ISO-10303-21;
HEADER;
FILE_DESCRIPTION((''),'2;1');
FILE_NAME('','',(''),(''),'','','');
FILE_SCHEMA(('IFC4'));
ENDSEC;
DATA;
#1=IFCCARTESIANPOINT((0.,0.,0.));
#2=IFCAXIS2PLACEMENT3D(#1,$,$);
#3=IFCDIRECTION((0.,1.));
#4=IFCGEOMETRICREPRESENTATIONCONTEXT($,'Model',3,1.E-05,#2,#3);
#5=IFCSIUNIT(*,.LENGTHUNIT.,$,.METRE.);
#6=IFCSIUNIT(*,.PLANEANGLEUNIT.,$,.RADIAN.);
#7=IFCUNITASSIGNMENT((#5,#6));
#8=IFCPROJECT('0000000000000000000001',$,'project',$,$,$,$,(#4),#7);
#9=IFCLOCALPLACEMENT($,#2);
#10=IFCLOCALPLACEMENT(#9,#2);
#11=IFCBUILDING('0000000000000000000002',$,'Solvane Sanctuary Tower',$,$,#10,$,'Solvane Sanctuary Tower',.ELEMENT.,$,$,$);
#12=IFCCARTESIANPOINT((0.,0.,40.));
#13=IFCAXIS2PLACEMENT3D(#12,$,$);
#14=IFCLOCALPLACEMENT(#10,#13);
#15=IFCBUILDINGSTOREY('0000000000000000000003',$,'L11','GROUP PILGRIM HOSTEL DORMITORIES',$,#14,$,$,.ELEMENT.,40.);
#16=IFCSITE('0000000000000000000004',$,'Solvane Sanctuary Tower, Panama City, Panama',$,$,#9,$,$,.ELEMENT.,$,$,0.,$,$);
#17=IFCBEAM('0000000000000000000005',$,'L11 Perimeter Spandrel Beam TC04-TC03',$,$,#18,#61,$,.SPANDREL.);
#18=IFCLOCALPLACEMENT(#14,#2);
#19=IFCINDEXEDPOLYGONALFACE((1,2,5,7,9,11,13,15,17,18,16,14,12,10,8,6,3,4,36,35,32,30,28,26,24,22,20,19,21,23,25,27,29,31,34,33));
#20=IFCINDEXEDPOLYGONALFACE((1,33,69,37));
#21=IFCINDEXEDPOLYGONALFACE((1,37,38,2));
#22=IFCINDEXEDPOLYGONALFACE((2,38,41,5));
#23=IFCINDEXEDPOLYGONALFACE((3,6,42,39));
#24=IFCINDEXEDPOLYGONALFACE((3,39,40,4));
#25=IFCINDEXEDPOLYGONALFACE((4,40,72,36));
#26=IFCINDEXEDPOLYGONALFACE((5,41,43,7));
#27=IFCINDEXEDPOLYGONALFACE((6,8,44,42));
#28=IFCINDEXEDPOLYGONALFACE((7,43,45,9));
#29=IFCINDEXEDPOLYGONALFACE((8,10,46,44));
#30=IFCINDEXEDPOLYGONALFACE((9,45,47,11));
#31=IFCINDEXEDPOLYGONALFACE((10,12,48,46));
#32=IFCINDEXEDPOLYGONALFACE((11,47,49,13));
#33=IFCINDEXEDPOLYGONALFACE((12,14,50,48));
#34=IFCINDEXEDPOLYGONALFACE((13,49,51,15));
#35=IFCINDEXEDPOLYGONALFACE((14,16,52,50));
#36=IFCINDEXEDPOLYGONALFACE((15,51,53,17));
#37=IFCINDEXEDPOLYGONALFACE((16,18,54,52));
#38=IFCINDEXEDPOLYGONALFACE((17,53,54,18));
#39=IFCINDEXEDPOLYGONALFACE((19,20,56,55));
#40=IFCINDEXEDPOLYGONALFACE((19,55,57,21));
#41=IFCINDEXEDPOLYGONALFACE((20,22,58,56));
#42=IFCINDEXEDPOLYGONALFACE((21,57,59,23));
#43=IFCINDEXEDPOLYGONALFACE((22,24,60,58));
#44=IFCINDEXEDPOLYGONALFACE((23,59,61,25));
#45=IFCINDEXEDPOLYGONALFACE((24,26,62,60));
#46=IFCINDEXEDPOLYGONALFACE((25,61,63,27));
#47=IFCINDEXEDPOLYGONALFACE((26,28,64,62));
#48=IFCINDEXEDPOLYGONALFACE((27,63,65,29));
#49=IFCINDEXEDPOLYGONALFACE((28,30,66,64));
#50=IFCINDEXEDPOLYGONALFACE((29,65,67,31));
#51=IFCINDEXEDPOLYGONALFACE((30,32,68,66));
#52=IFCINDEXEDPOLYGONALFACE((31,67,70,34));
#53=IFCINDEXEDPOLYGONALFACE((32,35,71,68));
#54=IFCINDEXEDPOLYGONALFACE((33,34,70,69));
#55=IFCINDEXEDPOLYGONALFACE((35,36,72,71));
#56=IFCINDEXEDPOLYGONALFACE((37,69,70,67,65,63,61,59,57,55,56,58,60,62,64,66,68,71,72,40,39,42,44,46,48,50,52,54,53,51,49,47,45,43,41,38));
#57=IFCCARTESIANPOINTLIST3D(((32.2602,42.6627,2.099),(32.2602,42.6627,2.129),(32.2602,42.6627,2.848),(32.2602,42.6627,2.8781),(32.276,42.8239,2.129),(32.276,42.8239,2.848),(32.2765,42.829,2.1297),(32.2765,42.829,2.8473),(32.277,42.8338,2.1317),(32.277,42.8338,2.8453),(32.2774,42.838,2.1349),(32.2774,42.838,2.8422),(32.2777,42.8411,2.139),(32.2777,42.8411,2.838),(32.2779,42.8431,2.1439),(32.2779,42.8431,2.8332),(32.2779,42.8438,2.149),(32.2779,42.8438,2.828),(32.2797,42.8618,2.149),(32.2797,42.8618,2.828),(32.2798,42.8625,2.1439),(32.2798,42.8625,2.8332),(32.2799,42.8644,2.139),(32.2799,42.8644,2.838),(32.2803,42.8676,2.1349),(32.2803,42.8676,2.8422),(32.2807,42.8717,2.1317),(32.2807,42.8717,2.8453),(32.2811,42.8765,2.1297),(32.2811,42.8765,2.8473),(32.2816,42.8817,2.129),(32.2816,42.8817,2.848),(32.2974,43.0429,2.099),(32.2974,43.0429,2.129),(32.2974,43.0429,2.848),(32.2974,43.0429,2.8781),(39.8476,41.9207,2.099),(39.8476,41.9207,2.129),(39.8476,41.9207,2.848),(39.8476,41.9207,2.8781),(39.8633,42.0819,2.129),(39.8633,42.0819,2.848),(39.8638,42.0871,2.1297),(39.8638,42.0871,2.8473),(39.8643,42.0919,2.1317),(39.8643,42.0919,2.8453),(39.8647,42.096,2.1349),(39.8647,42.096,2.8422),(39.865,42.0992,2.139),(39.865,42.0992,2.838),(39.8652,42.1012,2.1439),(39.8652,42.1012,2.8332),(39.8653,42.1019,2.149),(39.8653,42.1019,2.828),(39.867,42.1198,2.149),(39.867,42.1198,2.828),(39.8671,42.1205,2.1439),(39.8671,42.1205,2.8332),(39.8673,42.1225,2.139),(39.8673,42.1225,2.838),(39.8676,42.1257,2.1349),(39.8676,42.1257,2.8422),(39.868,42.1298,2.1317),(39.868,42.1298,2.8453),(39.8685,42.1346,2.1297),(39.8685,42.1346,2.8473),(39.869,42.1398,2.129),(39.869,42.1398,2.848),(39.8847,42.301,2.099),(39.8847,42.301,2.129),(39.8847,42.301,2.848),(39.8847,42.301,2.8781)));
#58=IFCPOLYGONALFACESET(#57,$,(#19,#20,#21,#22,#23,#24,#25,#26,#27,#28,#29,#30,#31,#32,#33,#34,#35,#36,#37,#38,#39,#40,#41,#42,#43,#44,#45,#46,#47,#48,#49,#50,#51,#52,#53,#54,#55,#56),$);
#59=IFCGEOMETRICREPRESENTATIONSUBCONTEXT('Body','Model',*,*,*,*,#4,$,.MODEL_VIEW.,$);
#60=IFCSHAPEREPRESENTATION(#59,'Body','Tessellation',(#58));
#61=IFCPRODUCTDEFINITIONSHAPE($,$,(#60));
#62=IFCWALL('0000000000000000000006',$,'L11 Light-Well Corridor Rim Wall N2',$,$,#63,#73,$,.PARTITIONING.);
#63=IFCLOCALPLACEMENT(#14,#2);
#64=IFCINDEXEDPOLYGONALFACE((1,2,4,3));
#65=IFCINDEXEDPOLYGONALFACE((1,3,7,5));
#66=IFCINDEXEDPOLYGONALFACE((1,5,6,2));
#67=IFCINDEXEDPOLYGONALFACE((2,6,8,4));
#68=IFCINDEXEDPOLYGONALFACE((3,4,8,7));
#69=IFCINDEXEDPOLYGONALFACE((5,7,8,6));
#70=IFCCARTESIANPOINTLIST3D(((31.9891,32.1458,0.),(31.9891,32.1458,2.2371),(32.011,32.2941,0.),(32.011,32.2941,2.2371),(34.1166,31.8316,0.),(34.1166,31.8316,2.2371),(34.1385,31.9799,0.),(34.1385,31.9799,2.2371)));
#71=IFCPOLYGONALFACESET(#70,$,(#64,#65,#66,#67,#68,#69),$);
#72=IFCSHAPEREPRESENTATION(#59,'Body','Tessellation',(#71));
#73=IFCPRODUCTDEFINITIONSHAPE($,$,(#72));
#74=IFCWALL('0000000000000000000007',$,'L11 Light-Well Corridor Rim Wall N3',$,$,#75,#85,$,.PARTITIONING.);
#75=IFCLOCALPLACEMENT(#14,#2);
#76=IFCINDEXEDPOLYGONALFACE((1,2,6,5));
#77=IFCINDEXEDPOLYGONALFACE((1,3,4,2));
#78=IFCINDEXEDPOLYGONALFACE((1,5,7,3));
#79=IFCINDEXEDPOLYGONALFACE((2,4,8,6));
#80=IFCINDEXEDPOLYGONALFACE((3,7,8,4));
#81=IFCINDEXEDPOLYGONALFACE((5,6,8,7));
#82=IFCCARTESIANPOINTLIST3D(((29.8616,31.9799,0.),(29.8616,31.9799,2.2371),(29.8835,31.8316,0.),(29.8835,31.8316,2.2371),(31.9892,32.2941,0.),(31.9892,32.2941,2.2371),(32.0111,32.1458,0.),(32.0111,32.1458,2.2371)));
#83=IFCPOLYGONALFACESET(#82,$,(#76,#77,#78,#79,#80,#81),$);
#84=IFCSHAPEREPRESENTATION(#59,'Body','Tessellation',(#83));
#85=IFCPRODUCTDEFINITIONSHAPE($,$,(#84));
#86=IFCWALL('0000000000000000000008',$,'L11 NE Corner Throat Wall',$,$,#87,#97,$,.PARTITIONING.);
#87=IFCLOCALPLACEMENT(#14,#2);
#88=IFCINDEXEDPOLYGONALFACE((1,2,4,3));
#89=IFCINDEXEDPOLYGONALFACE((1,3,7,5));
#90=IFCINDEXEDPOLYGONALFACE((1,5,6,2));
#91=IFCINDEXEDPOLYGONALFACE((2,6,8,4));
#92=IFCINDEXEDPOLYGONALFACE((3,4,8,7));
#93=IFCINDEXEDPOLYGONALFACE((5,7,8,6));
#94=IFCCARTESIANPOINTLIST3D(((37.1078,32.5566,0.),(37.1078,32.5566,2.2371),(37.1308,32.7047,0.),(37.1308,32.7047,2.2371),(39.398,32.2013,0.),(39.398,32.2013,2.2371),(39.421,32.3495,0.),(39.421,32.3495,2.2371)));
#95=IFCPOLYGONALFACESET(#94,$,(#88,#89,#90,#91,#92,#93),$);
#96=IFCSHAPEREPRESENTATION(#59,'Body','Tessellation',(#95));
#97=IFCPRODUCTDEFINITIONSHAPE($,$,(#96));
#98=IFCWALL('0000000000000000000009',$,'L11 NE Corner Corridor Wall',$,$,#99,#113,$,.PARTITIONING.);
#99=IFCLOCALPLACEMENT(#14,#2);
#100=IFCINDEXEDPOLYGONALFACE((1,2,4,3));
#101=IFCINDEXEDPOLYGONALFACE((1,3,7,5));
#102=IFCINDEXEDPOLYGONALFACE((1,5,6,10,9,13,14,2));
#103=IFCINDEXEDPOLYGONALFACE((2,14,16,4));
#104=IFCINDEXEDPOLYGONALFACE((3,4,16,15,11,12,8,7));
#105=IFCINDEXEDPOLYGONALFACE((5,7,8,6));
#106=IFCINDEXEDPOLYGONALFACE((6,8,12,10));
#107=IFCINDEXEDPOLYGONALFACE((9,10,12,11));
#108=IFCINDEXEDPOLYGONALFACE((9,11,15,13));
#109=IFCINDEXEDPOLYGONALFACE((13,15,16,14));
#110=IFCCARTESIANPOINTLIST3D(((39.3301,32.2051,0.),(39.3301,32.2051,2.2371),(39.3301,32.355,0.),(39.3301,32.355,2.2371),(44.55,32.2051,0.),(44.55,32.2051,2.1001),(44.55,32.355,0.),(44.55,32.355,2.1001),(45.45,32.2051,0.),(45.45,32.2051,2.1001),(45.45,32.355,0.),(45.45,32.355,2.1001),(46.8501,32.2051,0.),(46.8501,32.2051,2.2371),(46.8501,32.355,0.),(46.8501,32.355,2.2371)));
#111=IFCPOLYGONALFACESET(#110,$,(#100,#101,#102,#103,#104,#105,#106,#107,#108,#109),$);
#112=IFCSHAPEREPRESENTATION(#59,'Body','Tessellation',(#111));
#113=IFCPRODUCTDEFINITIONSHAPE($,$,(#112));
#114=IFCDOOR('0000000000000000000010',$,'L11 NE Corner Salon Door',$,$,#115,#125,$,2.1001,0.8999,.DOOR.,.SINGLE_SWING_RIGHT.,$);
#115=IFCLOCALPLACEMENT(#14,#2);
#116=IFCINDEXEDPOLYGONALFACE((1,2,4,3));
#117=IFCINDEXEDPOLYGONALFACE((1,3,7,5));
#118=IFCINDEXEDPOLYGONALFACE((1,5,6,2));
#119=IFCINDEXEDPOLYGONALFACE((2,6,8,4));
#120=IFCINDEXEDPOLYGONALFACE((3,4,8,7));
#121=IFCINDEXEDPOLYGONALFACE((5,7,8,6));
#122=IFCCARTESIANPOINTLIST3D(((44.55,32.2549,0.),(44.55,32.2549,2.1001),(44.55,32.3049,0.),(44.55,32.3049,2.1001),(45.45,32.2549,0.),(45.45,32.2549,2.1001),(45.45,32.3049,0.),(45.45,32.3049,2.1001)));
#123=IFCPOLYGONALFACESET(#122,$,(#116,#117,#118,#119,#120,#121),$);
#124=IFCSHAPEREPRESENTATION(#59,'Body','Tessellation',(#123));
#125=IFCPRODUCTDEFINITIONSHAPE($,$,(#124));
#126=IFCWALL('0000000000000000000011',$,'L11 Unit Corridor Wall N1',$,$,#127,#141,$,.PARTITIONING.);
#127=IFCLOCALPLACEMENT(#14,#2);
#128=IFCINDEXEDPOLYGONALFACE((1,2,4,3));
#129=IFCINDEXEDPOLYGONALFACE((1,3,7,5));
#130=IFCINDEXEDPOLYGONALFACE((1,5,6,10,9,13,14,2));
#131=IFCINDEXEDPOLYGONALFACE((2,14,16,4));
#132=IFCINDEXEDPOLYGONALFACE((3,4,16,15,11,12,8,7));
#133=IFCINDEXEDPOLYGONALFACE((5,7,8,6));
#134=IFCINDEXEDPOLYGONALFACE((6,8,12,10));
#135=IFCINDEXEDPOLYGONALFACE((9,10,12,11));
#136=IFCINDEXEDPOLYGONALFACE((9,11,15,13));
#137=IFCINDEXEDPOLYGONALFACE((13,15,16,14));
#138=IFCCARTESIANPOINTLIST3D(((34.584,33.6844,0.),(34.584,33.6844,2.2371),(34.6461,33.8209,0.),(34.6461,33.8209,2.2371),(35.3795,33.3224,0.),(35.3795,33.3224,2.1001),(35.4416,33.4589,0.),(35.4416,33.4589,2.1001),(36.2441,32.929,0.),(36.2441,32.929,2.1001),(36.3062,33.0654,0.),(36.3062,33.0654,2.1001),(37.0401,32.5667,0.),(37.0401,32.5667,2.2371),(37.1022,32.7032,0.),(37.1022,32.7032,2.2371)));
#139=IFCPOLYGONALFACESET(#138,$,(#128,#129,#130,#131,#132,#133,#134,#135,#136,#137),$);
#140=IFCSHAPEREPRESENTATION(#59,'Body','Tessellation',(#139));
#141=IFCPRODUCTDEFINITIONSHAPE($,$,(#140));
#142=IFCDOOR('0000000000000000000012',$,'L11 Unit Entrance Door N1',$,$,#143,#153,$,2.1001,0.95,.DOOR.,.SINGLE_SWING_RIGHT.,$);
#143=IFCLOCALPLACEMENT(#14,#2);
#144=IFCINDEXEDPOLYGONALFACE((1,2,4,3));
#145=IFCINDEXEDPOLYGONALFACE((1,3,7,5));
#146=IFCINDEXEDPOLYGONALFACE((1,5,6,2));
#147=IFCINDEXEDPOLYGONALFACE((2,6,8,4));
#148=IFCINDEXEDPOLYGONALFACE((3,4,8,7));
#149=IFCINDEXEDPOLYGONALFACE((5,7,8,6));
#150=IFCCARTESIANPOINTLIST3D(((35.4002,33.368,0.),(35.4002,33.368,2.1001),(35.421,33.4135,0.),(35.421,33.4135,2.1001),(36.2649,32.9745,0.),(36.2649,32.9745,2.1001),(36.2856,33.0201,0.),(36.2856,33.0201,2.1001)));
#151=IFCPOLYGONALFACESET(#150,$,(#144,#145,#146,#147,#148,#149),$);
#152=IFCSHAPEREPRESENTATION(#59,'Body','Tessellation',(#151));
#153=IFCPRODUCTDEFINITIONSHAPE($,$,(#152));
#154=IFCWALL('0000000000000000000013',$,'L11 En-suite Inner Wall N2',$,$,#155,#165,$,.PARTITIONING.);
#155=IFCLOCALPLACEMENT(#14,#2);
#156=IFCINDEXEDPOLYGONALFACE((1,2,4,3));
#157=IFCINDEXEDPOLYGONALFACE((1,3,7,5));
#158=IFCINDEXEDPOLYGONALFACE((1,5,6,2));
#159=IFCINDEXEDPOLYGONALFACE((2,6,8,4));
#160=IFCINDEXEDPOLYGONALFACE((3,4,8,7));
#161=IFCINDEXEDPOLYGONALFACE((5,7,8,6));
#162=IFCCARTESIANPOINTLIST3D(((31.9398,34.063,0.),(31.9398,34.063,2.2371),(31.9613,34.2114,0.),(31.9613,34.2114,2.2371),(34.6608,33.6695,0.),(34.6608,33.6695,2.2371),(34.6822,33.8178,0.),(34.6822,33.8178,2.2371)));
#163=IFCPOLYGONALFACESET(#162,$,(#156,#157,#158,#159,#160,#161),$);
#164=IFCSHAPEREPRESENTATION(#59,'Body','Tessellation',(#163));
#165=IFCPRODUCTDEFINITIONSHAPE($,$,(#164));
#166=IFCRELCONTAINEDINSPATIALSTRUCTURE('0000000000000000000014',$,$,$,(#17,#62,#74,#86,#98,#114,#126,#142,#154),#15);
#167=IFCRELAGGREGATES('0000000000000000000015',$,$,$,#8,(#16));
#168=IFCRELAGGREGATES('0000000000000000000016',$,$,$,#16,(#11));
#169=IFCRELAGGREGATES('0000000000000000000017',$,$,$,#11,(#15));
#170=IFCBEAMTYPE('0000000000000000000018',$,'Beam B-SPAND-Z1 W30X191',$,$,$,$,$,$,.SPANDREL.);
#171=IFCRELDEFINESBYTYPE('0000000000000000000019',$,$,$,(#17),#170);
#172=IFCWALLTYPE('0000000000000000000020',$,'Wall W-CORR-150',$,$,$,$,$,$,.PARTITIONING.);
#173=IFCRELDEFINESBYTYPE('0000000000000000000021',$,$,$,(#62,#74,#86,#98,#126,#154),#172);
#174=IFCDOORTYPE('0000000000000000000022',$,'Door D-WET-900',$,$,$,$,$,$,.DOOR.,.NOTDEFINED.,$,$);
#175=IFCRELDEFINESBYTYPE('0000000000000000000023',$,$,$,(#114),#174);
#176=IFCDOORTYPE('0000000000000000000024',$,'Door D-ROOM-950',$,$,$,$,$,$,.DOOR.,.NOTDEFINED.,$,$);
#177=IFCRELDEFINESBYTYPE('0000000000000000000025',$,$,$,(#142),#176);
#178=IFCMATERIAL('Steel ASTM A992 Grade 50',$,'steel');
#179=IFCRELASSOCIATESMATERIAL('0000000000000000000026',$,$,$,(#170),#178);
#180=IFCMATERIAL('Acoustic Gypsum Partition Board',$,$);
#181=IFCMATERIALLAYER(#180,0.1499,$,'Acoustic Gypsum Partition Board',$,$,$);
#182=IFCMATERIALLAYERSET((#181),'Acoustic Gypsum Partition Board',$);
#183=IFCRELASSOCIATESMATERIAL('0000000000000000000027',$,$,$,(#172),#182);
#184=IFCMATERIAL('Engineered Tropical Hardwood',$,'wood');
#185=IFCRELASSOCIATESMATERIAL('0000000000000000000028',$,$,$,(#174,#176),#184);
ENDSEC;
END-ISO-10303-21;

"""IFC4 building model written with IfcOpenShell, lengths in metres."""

from ifc_helpers import new_model, si_unit, direction, frame, frame_2d, origin, origin_2d, place, context, subcontext, project, spatial, rectangle, i_section, extrude, material, layer, layer_set, material_profile, profile_set, type_object, element, fill, save


model = new_model("IFC4")

# Units and contexts
model_context = context("Model", 3, precision=1e-05, world=origin(), true_north=direction((0.0, 1.0)))
body_context = subcontext(model_context, "Body", "Model", "MODEL_VIEW")
ifc_project = project(units=[si_unit("LENGTHUNIT", "METRE"), si_unit("PLANEANGLEUNIT", "RADIAN")], contexts=[model_context])

# Site, building, storey
site_placement = place(None, origin())
site = spatial("IfcSite", under=ifc_project, at=site_placement, Name="Solvane Sanctuary Tower, Panama City, Panama", CompositionType="ELEMENT", RefElevation=0.0)
building_placement = place(site_placement, origin())
building = spatial("IfcBuilding", under=site, at=building_placement, Name="Solvane Sanctuary Tower", LongName="Solvane Sanctuary Tower", CompositionType="ELEMENT")
storey_placement = place(building_placement, frame((0.0, 0.0, 40.0)))
storey = spatial("IfcBuildingStorey", under=building, at=storey_placement, Name="L11", Description="GROUP PILGRIM HOSTEL DORMITORIES", CompositionType="ELEMENT", Elevation=40.0)

# Beam
ifc_material_1 = material(Name="Steel ASTM A992 Grade 50", Category="steel")
ifc_material_profile_1 = material_profile(ifc_material_1, i_section(OverallWidth=0.3821, OverallDepth=0.7791, WebThickness=0.0181, FlangeThickness=0.03, FilletRadius=0.02, at=origin_2d()), Name="W30X191")
ifc_profile_set_1 = profile_set([ifc_material_profile_1], Name="Steel ASTM A992 Grade 50")
beam_type_1 = type_object("IfcBeamType", Name="Beam B-SPAND-Z1 W30X191", PredefinedType="SPANDREL", material=ifc_profile_set_1)
beam_1_placement = place(storey_placement, frame((32.2788, 42.8528, 2.4885), z_axis=(0.995253, -0.097322, 0.0), x_axis=(0.097322, 0.995253, 0.0)))
element("IfcBeam", 1, at=beam_1_placement, inside=storey, type_object=beam_type_1, Name="L11 Perimeter Spandrel Beam TC04-TC03", PredefinedType="SPANDREL", context=body_context, shape_type="SweptSolid", body=[
    extrude(i_section(OverallWidth=0.3821, OverallDepth=0.7791, WebThickness=0.0181, FlangeThickness=0.03, FilletRadius=0.02, at=origin_2d()), origin(), (0.0, 0.0, 1.0), 7.6235),
])

# Walls
ifc_material_2 = material(Name="Acoustic Gypsum Partition Board")
ifc_layer_1 = layer(ifc_material_2, 0.1499, Name="Acoustic Gypsum Partition Board")
ifc_layer_set_1 = layer_set([ifc_layer_1], Name="Acoustic Gypsum Partition Board")
wall_type_1 = type_object("IfcWallType", Name="Wall W-CORR-150", PredefinedType="PARTITIONING", material=ifc_layer_set_1)
for number, where, z_axis, x_axis, name in (
    (2, (34.1274, 31.9058, 0.0), (0.0, 0.0, 1.0), (-0.989269, 0.146108, 0.0), "L11 Light-Well Corridor Rim Wall N2"),
    (3, (32.0, 32.22, 0.0), (0.0, 0.0, 1.0), (-0.989269, -0.146108, 0.0), "L11 Light-Well Corridor Rim Wall N3"),
):
    element("IfcWall", number, at=place(storey_placement, frame(where, z_axis=z_axis, x_axis=x_axis)), inside=storey, type_object=wall_type_1, Name=name, PredefinedType="PARTITIONING", context=body_context, shape_type="SweptSolid", body=[
        extrude(rectangle(XDim=2.1506, YDim=0.1499, at=frame_2d((1.0752, 0.0))), origin(), (0.0, 0.0, 1.0), 2.2371),
    ])
wall_1_placement = place(storey_placement, frame((37.1194, 32.6306, 0.0), z_axis=(0.0, 0.0, 1.0), x_axis=(0.988185, -0.153268, 0.0)))
element("IfcWall", 4, at=wall_1_placement, inside=storey, type_object=wall_type_1, Name="L11 NE Corner Throat Wall", PredefinedType="PARTITIONING", context=body_context, shape_type="SweptSolid", body=[
    extrude(rectangle(XDim=2.3176, YDim=0.1499, at=frame_2d((1.1587, 0.0))), origin(), (0.0, 0.0, 1.0), 2.2371),
])

# Walls, openings, doors
wall_2_placement = place(storey_placement, frame((39.3301, 32.28, 0.0), z_axis=(0.0, 0.0, 1.0), x_axis=(1.0, 0.0, 0.0)))
wall_2 = element("IfcWall", 5, at=wall_2_placement, inside=storey, type_object=wall_type_1, Name="L11 NE Corner Corridor Wall", PredefinedType="PARTITIONING", context=body_context, shape_type="SweptSolid", body=[
    extrude(rectangle(XDim=7.52, YDim=0.1499, at=frame_2d((3.76, 0.0))), origin(), (0.0, 0.0, 1.0), 2.2371),
])
opening_1_placement = place(wall_2_placement, frame((5.22, 0.0, 0.0)))
opening_1 = element("IfcOpeningElement", 6, at=opening_1_placement, cuts=wall_2, PredefinedType="OPENING", context=body_context, shape_type="SweptSolid", body=[
    extrude(rectangle(XDim=0.8999, YDim=2.1001, at=frame_2d((0.45, 1.05))), frame((0.0, 0.085, 0.0), z_axis=(0.0, -1.0, 0.0), x_axis=(1.0, 0.0, 0.0)), (0.0, 0.0, 1.0), 0.1699),
])
ifc_material_3 = material(Name="Engineered Tropical Hardwood", Category="wood")
door_type_1 = type_object("IfcDoorType", Name="Door D-WET-900", OperationType="NOTDEFINED", PredefinedType="DOOR", material=ifc_material_3)
door_1_placement = place(opening_1_placement, origin())
door_1 = element("IfcDoor", 7, at=door_1_placement, inside=storey, type_object=door_type_1, Name="L11 NE Corner Salon Door", OperationType="SINGLE_SWING_RIGHT", OverallHeight=2.1001, OverallWidth=0.8999, PredefinedType="DOOR", context=body_context, shape_type="SweptSolid", body=[
    extrude(rectangle(XDim=0.8999, YDim=2.1001, at=frame_2d((0.45, 1.05))), frame((0.0, 0.0249, 0.0), z_axis=(0.0, -1.0, 0.0), x_axis=(1.0, 0.0, 0.0)), (0.0, 0.0, 1.0), 0.05),
])
fill(opening_1, door_1)
wall_3_placement = place(storey_placement, frame((37.071, 32.635, 0.0), z_axis=(0.0, 0.0, 1.0), x_axis=(-0.910187, 0.414198, 0.0)))
wall_3 = element("IfcWall", 8, at=wall_3_placement, inside=storey, type_object=wall_type_1, Name="L11 Unit Corridor Wall N1", PredefinedType="PARTITIONING", context=body_context, shape_type="SweptSolid", body=[
    extrude(rectangle(XDim=2.6985, YDim=0.1499, at=frame_2d((1.3491, 0.0))), origin(), (0.0, 0.0, 1.0), 2.2371),
])
opening_2_placement = place(wall_3_placement, frame((0.8743, 0.0, 0.0)))
opening_2 = element("IfcOpeningElement", 9, at=opening_2_placement, cuts=wall_3, PredefinedType="OPENING", context=body_context, shape_type="SweptSolid", body=[
    extrude(rectangle(XDim=0.95, YDim=2.1001, at=frame_2d((0.4751, 1.05))), frame((0.0, 0.085, 0.0), z_axis=(0.0, -1.0, 0.0), x_axis=(1.0, 0.0, 0.0)), (0.0, 0.0, 1.0), 0.1699),
])
door_type_2 = type_object("IfcDoorType", Name="Door D-ROOM-950", OperationType="NOTDEFINED", PredefinedType="DOOR", material=ifc_material_3)
door_2_placement = place(opening_2_placement, origin())
door_2 = element("IfcDoor", 10, at=door_2_placement, inside=storey, type_object=door_type_2, Name="L11 Unit Entrance Door N1", OperationType="SINGLE_SWING_RIGHT", OverallHeight=2.1001, OverallWidth=0.95, PredefinedType="DOOR", context=body_context, shape_type="SweptSolid", body=[
    extrude(rectangle(XDim=0.95, YDim=2.1001, at=frame_2d((0.4751, 1.05))), frame((0.0, 0.0249, 0.0), z_axis=(0.0, -1.0, 0.0), x_axis=(1.0, 0.0, 0.0)), (0.0, 0.0, 1.0), 0.05),
])
fill(opening_2, door_2)

# Wall
wall_4_placement = place(storey_placement, frame((34.6714, 33.7437, 0.0), z_axis=(0.0, 0.0, 1.0), x_axis=(-0.989701, 0.143149, 0.0)))
element("IfcWall", 11, at=wall_4_placement, inside=storey, type_object=wall_type_1, Name="L11 En-suite Inner Wall N2", PredefinedType="PARTITIONING", context=body_context, shape_type="SweptSolid", body=[
    extrude(rectangle(XDim=2.7493, YDim=0.1499, at=frame_2d((1.3745, 0.0))), origin(), (0.0, 0.0, 1.0), 2.2371),
])

save(model, "model.ifc")
